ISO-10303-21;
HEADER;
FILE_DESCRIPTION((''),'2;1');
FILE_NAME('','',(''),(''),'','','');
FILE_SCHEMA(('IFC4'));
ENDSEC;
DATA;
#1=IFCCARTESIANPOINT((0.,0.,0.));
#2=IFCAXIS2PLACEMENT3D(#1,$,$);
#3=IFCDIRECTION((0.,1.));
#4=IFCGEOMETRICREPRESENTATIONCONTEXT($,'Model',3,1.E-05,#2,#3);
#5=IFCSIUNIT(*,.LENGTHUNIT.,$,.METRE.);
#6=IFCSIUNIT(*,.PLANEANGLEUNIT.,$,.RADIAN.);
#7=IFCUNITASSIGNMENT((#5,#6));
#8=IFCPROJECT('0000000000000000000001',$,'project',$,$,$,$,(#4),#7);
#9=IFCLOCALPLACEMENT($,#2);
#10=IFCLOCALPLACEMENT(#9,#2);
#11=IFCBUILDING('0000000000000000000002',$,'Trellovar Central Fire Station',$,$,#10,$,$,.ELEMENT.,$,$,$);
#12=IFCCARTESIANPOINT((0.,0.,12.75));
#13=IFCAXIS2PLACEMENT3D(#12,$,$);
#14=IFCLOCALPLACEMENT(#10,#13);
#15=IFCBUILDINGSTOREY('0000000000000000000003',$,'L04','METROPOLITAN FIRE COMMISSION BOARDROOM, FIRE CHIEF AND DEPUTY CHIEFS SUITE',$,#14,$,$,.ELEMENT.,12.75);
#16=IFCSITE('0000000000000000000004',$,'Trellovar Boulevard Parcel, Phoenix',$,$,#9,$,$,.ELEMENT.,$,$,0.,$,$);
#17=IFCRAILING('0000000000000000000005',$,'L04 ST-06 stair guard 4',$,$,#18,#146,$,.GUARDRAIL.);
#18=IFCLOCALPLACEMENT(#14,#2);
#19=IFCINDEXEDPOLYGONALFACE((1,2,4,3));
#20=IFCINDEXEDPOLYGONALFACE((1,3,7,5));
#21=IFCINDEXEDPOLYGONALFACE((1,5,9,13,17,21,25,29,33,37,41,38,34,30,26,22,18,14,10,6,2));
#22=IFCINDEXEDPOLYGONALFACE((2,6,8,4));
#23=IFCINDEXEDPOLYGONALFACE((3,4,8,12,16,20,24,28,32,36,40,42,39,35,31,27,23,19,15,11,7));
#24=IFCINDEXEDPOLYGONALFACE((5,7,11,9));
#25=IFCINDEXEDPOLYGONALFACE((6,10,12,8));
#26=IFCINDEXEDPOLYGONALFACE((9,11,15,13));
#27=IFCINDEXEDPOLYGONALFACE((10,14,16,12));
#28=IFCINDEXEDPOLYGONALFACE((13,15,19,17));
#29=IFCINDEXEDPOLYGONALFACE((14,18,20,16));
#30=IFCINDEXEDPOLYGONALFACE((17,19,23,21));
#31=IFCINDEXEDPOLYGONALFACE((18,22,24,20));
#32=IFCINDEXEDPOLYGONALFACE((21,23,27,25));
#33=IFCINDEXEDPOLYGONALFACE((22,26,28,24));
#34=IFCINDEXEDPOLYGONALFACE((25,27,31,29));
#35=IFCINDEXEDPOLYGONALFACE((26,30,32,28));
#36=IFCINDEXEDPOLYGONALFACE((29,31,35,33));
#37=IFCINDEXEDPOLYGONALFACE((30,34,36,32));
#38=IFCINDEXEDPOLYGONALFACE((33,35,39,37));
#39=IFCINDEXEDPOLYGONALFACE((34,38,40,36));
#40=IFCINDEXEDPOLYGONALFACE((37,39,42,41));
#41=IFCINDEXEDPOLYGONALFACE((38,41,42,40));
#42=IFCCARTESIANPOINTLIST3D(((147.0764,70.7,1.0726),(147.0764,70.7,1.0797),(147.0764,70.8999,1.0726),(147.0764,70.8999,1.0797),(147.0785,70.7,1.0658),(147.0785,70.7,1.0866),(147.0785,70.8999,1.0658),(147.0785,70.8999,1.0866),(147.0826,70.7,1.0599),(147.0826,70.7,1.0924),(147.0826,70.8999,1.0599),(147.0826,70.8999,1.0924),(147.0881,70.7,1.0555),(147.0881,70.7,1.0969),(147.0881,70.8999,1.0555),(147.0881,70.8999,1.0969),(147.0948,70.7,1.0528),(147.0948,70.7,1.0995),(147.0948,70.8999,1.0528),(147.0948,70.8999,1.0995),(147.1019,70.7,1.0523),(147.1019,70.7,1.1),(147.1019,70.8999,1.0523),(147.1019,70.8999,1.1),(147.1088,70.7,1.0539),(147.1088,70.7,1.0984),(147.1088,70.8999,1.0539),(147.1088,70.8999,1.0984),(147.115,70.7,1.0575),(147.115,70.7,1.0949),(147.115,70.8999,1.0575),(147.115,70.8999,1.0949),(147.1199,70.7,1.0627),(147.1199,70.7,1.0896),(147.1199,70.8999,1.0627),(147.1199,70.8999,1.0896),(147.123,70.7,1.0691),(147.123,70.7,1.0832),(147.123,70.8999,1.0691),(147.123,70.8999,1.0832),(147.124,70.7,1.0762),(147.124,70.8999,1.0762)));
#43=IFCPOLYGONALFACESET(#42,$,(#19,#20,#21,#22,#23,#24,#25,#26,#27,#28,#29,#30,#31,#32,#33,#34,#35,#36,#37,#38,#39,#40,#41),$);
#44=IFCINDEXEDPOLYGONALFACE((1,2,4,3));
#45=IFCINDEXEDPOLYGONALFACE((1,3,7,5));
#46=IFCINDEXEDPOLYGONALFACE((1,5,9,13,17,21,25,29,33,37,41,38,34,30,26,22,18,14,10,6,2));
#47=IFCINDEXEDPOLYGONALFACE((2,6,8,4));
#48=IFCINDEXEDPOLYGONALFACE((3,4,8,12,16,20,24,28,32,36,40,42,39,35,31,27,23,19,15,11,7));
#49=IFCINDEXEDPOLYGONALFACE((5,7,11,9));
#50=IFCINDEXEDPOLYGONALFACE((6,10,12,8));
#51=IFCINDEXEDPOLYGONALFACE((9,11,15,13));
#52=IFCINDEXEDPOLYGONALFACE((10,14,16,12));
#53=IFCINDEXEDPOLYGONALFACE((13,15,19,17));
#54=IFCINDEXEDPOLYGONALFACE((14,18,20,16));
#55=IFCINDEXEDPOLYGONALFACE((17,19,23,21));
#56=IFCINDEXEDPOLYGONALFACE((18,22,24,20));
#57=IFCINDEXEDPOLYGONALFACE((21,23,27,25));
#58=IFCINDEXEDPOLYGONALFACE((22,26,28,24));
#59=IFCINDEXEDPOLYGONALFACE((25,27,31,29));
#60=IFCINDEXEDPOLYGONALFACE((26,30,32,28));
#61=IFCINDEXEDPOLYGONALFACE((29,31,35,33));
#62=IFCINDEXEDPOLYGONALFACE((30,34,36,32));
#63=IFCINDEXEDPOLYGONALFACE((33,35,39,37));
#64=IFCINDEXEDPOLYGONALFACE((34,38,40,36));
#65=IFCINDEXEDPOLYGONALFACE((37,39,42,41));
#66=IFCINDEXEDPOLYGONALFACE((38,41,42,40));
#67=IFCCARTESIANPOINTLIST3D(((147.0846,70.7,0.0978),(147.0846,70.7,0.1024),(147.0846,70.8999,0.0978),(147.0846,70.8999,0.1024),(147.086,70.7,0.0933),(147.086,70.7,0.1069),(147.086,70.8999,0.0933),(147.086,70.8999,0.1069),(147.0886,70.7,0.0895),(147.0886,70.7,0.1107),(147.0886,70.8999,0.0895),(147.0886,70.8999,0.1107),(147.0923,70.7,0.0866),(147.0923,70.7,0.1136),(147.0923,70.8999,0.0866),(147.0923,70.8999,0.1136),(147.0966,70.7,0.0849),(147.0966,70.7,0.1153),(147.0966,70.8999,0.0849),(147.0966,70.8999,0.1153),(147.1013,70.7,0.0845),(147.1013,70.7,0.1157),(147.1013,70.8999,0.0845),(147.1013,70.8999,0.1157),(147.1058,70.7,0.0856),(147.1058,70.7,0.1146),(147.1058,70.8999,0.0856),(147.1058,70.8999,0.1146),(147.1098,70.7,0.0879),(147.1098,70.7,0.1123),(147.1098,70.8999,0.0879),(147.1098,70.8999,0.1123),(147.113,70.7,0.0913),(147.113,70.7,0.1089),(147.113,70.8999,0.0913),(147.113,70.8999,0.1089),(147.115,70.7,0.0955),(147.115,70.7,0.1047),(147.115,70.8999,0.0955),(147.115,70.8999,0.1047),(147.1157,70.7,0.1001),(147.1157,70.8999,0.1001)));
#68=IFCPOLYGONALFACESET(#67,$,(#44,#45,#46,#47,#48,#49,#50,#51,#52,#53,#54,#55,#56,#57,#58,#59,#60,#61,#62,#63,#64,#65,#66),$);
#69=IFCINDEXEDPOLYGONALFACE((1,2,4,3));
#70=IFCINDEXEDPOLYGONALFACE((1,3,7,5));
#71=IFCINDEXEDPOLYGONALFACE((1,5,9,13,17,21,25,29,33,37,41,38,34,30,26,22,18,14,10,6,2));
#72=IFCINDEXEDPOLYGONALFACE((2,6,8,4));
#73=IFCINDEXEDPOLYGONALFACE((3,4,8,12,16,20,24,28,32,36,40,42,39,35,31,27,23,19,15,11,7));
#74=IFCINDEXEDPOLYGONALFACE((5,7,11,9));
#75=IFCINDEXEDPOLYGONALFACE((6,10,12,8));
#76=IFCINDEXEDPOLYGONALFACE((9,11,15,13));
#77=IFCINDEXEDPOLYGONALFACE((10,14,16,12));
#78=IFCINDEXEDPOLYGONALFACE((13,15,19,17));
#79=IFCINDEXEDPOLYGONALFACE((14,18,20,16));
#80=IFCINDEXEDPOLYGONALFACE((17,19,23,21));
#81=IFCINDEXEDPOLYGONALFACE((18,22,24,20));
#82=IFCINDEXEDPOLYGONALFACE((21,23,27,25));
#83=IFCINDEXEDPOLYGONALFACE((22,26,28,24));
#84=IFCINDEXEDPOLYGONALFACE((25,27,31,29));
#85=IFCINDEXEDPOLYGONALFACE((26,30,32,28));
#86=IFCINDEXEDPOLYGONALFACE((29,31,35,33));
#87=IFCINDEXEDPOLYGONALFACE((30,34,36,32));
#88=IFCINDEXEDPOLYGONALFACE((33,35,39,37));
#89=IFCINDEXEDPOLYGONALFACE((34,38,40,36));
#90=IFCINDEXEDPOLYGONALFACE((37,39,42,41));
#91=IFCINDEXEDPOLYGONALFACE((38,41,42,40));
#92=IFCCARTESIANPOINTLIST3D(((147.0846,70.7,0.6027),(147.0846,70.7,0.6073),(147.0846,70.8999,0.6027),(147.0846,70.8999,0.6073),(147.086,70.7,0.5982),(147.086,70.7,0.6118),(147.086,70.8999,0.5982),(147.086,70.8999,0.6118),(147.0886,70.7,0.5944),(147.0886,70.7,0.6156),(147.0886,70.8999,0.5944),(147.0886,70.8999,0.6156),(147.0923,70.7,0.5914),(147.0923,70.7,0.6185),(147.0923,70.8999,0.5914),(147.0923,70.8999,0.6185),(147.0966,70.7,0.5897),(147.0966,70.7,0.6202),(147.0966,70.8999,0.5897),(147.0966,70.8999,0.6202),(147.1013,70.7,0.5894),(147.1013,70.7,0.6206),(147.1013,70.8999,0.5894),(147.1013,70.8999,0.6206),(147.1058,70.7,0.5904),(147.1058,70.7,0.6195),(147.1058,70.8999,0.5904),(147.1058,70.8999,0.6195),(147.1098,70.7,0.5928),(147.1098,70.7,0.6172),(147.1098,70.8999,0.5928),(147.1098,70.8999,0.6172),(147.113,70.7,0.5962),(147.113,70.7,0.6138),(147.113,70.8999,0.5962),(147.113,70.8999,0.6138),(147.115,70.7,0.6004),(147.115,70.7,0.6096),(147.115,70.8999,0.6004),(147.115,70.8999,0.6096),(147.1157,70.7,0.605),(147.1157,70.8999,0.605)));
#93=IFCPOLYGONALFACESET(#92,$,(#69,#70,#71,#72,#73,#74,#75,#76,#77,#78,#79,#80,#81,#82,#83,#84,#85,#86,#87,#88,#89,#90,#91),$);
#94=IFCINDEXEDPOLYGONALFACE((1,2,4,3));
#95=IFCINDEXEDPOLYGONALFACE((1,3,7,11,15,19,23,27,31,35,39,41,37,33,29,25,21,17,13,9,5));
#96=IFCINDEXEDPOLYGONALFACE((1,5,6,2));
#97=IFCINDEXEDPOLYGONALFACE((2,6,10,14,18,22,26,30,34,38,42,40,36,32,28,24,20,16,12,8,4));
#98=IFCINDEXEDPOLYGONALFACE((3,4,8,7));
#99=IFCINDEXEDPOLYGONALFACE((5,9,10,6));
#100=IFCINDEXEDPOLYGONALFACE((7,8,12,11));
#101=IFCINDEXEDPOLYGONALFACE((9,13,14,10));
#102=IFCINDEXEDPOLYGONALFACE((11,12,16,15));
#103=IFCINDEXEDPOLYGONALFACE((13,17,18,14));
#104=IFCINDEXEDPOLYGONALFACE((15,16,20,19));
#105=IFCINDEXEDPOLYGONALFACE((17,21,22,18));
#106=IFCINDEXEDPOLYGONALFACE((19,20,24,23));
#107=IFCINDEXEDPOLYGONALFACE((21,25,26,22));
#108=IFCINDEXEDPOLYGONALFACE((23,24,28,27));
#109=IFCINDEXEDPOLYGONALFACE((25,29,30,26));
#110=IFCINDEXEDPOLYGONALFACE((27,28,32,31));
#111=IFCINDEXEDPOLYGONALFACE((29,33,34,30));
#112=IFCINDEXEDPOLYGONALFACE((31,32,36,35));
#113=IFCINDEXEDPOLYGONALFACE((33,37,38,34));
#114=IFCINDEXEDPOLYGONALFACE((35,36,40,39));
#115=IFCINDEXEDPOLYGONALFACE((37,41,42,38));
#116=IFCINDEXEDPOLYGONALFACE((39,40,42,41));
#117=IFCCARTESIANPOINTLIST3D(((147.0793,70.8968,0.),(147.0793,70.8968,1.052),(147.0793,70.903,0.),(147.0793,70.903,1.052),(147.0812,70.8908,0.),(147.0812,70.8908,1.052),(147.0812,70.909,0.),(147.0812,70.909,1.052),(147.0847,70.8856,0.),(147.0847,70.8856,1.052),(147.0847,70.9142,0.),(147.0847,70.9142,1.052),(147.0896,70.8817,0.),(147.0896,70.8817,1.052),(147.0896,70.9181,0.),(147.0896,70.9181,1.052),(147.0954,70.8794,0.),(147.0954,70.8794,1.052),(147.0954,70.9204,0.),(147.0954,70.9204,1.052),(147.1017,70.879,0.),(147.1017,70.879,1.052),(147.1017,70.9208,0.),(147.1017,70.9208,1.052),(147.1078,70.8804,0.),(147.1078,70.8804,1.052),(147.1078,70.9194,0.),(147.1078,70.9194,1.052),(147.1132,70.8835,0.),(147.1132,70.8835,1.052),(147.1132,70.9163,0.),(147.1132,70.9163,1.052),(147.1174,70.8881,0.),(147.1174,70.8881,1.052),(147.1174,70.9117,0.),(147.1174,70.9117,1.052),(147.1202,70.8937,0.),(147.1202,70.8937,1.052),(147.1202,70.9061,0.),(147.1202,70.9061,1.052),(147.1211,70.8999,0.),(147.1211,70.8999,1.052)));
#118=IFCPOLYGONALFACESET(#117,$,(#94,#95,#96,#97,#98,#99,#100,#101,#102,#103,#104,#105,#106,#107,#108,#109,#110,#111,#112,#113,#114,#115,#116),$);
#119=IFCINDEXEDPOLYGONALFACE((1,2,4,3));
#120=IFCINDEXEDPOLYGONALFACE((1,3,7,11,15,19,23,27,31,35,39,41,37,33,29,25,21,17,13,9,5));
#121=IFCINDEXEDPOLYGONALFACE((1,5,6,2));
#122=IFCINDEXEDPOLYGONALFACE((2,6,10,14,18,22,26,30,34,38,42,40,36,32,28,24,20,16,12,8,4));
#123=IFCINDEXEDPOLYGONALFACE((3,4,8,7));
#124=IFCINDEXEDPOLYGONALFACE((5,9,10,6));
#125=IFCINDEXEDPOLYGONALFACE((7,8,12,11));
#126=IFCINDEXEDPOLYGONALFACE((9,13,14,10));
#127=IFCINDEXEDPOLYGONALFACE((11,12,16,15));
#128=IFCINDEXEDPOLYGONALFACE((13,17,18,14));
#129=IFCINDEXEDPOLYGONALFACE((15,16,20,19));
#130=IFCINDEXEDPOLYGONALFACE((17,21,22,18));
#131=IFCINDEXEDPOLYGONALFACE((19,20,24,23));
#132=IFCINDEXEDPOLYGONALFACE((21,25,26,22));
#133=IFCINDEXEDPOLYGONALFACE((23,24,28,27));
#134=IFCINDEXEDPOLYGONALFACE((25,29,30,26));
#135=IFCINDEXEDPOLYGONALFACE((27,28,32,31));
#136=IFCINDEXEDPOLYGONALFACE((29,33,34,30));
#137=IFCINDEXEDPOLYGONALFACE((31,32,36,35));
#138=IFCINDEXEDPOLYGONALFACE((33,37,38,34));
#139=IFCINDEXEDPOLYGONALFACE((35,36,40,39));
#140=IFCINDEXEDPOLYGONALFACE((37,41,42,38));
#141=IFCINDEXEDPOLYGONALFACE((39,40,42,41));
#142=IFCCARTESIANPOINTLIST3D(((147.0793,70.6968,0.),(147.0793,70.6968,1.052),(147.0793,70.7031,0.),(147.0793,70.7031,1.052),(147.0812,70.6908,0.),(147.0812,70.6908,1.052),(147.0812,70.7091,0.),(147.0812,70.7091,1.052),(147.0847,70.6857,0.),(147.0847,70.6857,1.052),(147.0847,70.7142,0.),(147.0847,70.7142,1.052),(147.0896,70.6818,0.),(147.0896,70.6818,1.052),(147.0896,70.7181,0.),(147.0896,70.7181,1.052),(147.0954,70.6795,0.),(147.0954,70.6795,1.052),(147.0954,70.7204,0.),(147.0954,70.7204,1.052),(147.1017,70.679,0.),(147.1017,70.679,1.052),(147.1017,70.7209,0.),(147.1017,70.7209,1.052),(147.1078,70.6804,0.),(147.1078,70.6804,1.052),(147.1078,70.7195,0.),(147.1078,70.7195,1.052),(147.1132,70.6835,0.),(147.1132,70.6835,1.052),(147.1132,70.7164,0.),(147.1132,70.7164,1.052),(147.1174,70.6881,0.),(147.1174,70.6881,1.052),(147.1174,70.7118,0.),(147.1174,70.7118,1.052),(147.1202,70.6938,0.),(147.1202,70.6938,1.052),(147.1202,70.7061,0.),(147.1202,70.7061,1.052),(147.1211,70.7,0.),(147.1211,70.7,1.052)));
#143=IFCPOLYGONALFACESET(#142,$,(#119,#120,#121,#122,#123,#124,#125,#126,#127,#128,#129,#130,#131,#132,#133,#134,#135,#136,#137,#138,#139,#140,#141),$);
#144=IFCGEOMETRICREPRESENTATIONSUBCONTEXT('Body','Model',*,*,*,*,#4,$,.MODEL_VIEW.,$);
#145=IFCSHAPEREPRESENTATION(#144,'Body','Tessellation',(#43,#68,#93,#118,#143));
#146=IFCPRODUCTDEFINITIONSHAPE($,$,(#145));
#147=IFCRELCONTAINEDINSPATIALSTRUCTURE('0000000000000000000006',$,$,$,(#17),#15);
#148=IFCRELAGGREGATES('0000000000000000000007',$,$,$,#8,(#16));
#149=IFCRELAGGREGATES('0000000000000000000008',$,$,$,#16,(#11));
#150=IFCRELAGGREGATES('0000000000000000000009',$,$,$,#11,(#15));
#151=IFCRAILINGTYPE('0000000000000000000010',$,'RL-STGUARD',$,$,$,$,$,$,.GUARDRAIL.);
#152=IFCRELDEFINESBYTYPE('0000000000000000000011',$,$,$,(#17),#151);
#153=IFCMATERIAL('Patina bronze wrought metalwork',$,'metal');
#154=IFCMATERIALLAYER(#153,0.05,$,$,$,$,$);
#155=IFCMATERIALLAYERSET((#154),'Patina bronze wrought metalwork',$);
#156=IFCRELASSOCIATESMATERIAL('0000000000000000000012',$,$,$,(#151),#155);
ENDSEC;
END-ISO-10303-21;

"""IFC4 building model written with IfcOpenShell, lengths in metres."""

from ifc_helpers import new_model, si_unit, direction, frame, origin, origin_2d, place, context, subcontext, project, spatial, circle, extrude, material, layer, layer_set, type_object, element, save


model = new_model("IFC4")

# Units and contexts
model_context = context("Model", 3, precision=1e-05, world=origin(), true_north=direction((0.0, 1.0)))
body_context = subcontext(model_context, "Body", "Model", "MODEL_VIEW")
ifc_project = project(units=[si_unit("LENGTHUNIT", "METRE"), si_unit("PLANEANGLEUNIT", "RADIAN")], contexts=[model_context])

# Site, building, storey
site_placement = place(None, origin())
site = spatial("IfcSite", under=ifc_project, at=site_placement, Name="Trellovar Boulevard Parcel, Phoenix", CompositionType="ELEMENT", RefElevation=0.0)
building_placement = place(site_placement, origin())
building = spatial("IfcBuilding", under=site, at=building_placement, Name="Trellovar Central Fire Station", CompositionType="ELEMENT")
storey_placement = place(building_placement, frame((0.0, 0.0, 12.75)))
storey = spatial("IfcBuildingStorey", under=building, at=storey_placement, Name="L04", Description="METROPOLITAN FIRE COMMISSION BOARDROOM, FIRE CHIEF AND DEPUTY CHIEFS SUITE", CompositionType="ELEMENT", Elevation=12.75)

# Railing
ifc_material_1 = material(Name="Patina bronze wrought metalwork", Category="metal")
ifc_layer_1 = layer(ifc_material_1, 0.05)
ifc_layer_set_1 = layer_set([ifc_layer_1], Name="Patina bronze wrought metalwork")
railing_type_1 = type_object("IfcRailingType", Name="RL-STGUARD", PredefinedType="GUARDRAIL", material=ifc_layer_set_1)
railing_1_placement = place(storey_placement, frame((147.1001, 70.8999, 0.0)))
element("IfcRailing", 1, at=railing_1_placement, inside=storey, type_object=railing_type_1, Name="L04 ST-06 stair guard 4", PredefinedType="GUARDRAIL", context=body_context, shape_type="SweptSolid", body=[
    extrude(circle(Radius=0.0239, at=origin_2d()), frame((0.0, 0.0, 1.0762), z_axis=(0.0, -1.0, 0.0), x_axis=(1.0, 0.0, 0.0)), (0.0, 0.0, 1.0), 0.2),
    extrude(circle(Radius=0.0156, at=origin_2d()), frame((0.0, 0.0, 0.1001), z_axis=(0.0, -1.0, 0.0), x_axis=(1.0, 0.0, 0.0)), (0.0, 0.0, 1.0), 0.2),
    extrude(circle(Radius=0.0156, at=origin_2d()), frame((0.0, 0.0, 0.605), z_axis=(0.0, -1.0, 0.0), x_axis=(1.0, 0.0, 0.0)), (0.0, 0.0, 1.0), 0.2),
    extrude(circle(Radius=0.021, at=origin_2d()), origin(), (0.0, 0.0, 1.0), 1.052),
    extrude(circle(Radius=0.021, at=origin_2d()), frame((0.0, -0.2, 0.0)), (0.0, 0.0, 1.0), 1.052),
])

save(model, "model.ifc")
